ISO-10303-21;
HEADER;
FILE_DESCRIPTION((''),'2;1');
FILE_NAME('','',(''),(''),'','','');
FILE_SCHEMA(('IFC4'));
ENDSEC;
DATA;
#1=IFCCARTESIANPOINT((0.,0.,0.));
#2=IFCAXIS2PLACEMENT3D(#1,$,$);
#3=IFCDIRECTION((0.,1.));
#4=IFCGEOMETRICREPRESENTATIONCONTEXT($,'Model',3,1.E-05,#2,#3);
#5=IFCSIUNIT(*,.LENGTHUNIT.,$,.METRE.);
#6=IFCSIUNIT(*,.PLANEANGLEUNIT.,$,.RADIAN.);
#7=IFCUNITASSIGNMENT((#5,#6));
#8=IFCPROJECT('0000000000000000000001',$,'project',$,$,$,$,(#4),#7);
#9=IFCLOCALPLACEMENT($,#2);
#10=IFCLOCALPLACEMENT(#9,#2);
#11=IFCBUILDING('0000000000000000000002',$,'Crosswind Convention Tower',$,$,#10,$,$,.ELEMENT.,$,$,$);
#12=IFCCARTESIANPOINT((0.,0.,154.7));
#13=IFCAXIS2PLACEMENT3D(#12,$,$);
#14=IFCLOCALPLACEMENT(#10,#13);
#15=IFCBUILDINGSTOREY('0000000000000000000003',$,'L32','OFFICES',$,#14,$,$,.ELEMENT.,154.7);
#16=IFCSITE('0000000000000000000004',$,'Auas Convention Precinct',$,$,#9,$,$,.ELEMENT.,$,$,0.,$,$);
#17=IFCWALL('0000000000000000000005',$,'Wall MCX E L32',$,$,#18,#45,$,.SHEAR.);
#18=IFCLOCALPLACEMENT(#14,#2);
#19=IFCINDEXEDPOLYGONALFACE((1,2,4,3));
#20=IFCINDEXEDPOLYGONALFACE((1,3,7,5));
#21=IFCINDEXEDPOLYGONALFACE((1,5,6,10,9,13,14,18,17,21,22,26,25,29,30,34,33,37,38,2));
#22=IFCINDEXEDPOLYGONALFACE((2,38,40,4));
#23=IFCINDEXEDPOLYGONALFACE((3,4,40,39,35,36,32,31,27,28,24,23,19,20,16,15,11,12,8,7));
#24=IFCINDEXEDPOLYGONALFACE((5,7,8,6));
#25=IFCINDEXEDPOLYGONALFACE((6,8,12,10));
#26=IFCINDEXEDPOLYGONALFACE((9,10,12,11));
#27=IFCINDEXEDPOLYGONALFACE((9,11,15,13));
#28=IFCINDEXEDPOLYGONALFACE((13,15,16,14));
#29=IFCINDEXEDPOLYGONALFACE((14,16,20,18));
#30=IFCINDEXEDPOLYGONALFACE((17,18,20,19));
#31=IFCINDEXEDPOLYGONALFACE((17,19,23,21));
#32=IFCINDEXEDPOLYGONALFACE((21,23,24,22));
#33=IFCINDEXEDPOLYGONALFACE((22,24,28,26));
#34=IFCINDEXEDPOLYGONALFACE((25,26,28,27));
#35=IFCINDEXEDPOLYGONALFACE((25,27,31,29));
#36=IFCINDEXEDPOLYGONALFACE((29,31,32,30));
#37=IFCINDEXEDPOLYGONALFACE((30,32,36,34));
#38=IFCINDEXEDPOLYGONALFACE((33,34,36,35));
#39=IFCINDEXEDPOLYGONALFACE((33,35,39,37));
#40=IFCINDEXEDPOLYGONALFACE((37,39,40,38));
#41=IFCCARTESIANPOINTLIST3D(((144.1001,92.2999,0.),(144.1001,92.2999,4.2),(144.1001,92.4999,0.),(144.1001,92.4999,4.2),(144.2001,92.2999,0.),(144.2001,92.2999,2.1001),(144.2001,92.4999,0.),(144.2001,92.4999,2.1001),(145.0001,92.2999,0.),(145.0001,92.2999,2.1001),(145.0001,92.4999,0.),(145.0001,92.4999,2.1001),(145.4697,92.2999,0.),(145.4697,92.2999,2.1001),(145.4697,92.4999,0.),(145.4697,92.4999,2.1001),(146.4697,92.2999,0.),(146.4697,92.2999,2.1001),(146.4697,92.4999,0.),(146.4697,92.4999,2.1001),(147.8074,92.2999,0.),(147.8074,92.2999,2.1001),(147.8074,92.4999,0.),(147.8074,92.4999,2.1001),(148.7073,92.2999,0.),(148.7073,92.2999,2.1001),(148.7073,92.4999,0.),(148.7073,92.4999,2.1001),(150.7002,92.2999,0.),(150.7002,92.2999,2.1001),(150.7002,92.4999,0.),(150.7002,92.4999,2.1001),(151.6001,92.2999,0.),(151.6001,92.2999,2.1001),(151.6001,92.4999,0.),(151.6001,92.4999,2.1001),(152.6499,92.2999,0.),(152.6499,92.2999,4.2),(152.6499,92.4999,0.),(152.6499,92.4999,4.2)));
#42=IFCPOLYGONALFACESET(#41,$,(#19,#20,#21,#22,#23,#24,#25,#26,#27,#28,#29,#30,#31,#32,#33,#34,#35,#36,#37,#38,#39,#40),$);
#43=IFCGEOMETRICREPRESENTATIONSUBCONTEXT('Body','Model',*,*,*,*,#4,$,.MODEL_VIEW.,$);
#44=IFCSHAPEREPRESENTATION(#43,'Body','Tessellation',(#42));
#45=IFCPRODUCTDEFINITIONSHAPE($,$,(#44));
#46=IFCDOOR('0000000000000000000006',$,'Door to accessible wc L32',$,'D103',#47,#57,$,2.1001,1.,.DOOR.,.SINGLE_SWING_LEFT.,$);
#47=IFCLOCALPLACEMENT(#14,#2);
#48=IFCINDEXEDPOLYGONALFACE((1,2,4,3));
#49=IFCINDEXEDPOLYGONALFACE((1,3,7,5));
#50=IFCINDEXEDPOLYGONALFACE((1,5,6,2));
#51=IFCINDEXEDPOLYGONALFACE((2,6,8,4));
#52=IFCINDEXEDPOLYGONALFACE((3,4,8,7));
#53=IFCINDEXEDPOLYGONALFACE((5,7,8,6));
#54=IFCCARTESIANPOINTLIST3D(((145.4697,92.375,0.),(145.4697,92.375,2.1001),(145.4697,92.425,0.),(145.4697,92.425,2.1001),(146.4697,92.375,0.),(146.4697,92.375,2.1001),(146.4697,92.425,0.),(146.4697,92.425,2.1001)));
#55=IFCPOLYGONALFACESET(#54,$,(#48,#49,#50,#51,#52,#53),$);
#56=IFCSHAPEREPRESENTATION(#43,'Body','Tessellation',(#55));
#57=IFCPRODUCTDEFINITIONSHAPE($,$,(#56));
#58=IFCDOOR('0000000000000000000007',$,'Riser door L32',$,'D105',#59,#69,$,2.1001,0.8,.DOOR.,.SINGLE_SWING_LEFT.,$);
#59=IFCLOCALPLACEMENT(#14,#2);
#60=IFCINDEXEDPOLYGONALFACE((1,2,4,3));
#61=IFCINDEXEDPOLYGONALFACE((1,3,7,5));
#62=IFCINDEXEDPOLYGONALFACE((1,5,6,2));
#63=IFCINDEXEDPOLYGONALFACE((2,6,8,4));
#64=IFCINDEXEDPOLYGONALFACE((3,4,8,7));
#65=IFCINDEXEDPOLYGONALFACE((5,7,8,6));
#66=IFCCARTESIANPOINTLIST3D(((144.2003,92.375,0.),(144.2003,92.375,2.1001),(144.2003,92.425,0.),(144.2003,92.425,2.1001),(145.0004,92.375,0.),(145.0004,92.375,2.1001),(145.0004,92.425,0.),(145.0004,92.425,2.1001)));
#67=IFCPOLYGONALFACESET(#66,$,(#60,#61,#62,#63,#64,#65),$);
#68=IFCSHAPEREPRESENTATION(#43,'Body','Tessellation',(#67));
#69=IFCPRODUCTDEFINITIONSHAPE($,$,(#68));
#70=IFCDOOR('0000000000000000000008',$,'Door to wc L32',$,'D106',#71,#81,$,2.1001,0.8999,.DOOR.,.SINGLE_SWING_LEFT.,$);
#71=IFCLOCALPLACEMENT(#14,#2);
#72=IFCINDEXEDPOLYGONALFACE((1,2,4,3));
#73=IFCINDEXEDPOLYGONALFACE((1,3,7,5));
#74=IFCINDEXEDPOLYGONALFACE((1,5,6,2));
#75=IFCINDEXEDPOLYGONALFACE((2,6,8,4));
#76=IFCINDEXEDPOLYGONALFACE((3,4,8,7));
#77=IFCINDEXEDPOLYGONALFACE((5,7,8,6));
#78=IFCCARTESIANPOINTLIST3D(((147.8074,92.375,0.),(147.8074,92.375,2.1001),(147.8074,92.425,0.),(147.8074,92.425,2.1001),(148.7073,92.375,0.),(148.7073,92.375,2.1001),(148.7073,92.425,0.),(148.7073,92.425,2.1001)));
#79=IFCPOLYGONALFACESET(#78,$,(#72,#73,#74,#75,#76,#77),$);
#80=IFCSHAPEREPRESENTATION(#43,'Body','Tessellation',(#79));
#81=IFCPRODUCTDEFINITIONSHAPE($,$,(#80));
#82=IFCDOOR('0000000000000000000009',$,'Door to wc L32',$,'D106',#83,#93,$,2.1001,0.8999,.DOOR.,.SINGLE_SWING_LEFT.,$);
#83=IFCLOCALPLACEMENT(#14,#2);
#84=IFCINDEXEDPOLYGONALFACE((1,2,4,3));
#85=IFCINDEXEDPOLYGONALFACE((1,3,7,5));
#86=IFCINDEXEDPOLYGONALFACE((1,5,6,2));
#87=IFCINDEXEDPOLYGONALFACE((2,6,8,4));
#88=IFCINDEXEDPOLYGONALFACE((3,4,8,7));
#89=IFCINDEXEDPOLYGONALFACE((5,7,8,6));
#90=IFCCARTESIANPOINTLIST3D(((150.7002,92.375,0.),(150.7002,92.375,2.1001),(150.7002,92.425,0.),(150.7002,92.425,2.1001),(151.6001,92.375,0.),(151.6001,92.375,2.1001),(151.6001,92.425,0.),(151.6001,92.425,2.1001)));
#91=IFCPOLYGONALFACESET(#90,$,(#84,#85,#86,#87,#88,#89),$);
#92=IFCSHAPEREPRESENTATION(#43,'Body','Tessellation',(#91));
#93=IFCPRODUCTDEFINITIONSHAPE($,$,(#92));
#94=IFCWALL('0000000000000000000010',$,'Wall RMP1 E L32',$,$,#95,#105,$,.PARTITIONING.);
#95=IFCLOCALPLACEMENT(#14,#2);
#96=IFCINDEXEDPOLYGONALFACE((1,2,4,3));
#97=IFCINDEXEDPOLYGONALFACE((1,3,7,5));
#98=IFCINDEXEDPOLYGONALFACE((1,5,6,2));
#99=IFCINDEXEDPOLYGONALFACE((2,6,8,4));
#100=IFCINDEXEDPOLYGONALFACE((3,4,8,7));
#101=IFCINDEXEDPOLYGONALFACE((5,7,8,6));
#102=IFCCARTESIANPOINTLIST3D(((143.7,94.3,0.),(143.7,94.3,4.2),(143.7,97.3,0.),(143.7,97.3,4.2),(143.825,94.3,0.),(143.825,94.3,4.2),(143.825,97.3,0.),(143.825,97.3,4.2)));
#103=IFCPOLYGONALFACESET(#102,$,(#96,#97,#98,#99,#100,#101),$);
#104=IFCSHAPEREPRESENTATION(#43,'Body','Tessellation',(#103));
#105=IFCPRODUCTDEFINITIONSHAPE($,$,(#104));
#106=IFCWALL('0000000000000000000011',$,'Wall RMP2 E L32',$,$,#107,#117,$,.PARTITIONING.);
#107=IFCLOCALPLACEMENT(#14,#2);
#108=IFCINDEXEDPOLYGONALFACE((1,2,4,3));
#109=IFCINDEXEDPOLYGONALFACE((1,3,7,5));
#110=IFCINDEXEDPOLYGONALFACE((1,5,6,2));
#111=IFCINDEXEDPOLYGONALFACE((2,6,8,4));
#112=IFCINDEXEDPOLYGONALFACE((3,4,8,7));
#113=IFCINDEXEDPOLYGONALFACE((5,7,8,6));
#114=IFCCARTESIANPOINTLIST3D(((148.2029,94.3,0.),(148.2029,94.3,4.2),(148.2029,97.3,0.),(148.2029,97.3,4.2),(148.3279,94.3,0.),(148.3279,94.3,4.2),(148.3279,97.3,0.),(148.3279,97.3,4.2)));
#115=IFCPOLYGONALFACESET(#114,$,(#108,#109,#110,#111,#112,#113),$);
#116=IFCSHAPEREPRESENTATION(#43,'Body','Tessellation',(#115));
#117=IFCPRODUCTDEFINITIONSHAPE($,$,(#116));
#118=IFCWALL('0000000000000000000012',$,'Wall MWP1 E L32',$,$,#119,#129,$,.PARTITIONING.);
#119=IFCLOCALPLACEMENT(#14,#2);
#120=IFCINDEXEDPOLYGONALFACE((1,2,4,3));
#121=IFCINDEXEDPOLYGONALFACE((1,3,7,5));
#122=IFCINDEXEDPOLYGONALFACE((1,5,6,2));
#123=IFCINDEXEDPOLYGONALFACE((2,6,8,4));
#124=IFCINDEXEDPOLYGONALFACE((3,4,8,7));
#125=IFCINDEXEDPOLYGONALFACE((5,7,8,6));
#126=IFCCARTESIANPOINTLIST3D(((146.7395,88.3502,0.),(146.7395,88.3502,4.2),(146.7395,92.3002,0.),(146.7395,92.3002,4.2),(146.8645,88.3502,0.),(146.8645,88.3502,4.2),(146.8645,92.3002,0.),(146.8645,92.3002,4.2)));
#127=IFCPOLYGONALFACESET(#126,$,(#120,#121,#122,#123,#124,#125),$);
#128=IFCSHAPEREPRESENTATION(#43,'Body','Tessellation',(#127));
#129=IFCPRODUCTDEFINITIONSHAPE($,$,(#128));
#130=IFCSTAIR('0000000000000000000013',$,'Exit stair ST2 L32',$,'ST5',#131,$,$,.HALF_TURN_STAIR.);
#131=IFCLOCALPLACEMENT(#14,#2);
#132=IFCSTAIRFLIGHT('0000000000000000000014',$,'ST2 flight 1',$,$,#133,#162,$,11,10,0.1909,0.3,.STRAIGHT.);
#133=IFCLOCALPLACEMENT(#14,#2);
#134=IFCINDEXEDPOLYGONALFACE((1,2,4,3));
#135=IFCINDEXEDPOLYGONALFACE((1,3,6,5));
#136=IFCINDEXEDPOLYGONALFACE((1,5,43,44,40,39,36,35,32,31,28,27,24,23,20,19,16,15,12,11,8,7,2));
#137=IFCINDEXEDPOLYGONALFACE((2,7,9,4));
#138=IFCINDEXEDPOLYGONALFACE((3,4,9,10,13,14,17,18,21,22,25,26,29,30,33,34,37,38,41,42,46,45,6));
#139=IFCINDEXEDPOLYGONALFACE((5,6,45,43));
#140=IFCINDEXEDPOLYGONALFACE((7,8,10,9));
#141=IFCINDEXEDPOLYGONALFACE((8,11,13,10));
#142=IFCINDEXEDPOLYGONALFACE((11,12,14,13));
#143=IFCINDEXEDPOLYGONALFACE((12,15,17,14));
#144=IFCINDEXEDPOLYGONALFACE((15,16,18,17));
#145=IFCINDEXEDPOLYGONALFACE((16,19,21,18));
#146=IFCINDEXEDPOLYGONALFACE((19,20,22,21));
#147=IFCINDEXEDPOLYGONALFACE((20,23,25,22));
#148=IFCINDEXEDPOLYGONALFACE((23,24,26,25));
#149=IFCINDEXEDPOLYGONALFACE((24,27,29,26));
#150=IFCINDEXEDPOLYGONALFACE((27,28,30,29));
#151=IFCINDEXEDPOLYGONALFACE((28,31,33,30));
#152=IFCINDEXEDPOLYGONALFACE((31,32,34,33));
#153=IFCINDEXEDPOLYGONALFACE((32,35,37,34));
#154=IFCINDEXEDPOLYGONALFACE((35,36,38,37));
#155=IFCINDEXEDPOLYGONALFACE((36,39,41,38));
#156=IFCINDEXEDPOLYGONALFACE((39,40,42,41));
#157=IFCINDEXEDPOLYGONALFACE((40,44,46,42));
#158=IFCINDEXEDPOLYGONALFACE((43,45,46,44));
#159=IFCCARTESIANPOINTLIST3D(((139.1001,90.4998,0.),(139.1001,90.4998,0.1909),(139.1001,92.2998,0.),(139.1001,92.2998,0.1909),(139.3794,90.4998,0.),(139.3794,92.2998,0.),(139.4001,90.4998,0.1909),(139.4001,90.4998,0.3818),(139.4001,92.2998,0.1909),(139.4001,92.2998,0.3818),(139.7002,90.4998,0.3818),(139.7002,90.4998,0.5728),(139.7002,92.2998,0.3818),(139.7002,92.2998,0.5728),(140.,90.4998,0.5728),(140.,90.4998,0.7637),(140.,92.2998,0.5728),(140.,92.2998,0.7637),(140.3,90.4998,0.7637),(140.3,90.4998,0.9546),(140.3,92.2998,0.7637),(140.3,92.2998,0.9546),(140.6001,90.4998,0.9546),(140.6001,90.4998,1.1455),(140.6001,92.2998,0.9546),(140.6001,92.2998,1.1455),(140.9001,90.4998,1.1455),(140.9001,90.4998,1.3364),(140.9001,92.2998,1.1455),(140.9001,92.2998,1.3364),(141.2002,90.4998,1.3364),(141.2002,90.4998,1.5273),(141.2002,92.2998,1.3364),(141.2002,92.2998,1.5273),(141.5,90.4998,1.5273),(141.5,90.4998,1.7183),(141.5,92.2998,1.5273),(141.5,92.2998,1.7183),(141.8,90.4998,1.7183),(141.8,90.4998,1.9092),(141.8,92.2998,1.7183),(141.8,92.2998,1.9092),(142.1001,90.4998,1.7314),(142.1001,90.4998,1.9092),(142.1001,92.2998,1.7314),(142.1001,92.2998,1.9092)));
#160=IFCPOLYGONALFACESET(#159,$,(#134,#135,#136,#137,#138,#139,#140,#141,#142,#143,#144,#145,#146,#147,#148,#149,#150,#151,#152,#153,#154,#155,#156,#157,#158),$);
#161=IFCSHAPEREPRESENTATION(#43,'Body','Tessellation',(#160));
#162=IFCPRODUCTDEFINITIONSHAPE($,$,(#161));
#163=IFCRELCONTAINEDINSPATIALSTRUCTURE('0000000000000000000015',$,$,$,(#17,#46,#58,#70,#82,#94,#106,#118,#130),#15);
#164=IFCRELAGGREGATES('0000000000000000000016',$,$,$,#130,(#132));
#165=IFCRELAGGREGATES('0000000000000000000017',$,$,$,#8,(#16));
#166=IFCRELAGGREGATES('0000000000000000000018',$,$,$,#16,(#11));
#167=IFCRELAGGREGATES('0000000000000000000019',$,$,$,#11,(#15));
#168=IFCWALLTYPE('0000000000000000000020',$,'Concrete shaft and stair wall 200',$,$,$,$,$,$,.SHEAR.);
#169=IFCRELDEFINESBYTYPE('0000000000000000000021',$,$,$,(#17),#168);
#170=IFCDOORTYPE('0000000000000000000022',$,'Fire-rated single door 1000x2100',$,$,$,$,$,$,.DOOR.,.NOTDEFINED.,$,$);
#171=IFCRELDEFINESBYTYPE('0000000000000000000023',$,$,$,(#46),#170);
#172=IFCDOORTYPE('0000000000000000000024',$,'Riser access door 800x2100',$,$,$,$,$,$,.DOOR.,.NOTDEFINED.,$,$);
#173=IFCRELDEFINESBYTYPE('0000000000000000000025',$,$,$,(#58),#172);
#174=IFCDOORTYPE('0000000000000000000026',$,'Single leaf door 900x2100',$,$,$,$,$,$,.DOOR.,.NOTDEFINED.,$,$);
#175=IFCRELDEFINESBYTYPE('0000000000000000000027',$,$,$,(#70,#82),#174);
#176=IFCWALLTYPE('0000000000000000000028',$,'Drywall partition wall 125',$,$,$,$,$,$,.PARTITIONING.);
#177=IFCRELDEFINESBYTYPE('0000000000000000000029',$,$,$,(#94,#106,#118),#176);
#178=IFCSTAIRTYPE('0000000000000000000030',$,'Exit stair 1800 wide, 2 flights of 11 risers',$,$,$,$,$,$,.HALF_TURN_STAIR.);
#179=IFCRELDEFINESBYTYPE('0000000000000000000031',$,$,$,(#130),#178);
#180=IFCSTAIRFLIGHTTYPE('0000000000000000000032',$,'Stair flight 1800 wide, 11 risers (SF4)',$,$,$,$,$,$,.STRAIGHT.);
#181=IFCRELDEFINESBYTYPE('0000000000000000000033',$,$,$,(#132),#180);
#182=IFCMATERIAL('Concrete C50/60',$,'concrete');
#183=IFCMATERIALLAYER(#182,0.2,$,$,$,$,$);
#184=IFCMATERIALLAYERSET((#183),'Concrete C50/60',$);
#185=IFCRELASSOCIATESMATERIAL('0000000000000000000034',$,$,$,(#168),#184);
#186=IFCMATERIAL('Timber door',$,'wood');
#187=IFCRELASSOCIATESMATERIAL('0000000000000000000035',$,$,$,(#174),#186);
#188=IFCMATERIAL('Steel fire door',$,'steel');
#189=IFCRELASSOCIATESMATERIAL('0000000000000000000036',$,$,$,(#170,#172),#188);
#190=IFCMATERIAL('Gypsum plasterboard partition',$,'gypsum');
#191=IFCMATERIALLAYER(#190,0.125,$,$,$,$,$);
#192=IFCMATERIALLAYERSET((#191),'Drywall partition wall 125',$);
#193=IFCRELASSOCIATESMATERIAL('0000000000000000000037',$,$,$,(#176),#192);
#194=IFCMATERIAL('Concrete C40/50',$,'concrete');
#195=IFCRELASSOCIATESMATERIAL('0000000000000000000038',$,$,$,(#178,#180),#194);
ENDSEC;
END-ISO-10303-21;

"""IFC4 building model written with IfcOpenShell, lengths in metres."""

from ifc_helpers import new_model, si_unit, direction, frame, frame_2d, origin, place, context, subcontext, project, spatial, polyline, rectangle, outline, extrude, material, layer, layer_set, type_object, element, fill, aggregate, save


model = new_model("IFC4")

# Units and contexts
model_context = context("Model", 3, precision=1e-05, world=origin(), true_north=direction((0.0, 1.0)))
body_context = subcontext(model_context, "Body", "Model", "MODEL_VIEW")
ifc_project = project(units=[si_unit("LENGTHUNIT", "METRE"), si_unit("PLANEANGLEUNIT", "RADIAN")], contexts=[model_context])

# Site, building, storey
site_placement = place(None, origin())
site = spatial("IfcSite", under=ifc_project, at=site_placement, Name="Auas Convention Precinct", CompositionType="ELEMENT", RefElevation=0.0)
building_placement = place(site_placement, origin())
building = spatial("IfcBuilding", under=site, at=building_placement, Name="Crosswind Convention Tower", CompositionType="ELEMENT")
storey_placement = place(building_placement, frame((0.0, 0.0, 154.7)))
storey = spatial("IfcBuildingStorey", under=building, at=storey_placement, Name="L32", Description="OFFICES", CompositionType="ELEMENT", Elevation=154.7)

# Shared definitions
ifc_material_1 = material(Name="Concrete C50/60", Category="concrete")
ifc_layer_1 = layer(ifc_material_1, 0.2)
ifc_layer_set_1 = layer_set([ifc_layer_1], Name="Concrete C50/60")
wall_type_1 = type_object("IfcWallType", Name="Concrete shaft and stair wall 200", PredefinedType="SHEAR", material=ifc_layer_set_1)

# Shared definitions
ifc_material_2 = material(Name="Timber door", Category="wood")
door_type_1 = type_object("IfcDoorType", Name="Single leaf door 900x2100", OperationType="NOTDEFINED", PredefinedType="DOOR", material=ifc_material_2)

# Wall, openings, doors
wall_1_placement = place(storey_placement, frame((144.1001, 92.3999, 0.0), z_axis=(0.0, 0.0, 1.0), x_axis=(1.0, 0.0, 0.0)))
wall_1 = element("IfcWall", 1, at=wall_1_placement, inside=storey, type_object=wall_type_1, Name="Wall MCX E L32", PredefinedType="SHEAR", context=body_context, shape_type="SweptSolid", body=[
    extrude(rectangle(XDim=8.5498, YDim=0.2, at=frame_2d((4.2749, 0.0))), origin(), (0.0, 0.0, 1.0), 4.2),
])
opening_1_placement = place(wall_1_placement, frame((0.1001, 0.0, 0.0)))
opening_1 = element("IfcOpeningElement", 2, at=opening_1_placement, cuts=wall_1, PredefinedType="OPENING", context=body_context, shape_type="SweptSolid", body=[
    extrude(rectangle(XDim=0.8, YDim=2.1001, at=frame_2d((0.3999, 1.05))), frame((0.0, 0.1099, 0.0), z_axis=(0.0, -1.0, 0.0), x_axis=(1.0, 0.0, 0.0)), (0.0, 0.0, 1.0), 0.22),
])
opening_2_placement = place(wall_1_placement, frame((1.3696, 0.0, 0.0)))
opening_2 = element("IfcOpeningElement", 3, at=opening_2_placement, cuts=wall_1, PredefinedType="OPENING", context=body_context, shape_type="SweptSolid", body=[
    extrude(rectangle(XDim=1.0, YDim=2.1001, at=frame_2d((0.5, 1.05))), frame((0.0, 0.1099, 0.0), z_axis=(0.0, -1.0, 0.0), x_axis=(1.0, 0.0, 0.0)), (0.0, 0.0, 1.0), 0.22),
])
opening_3_placement = place(wall_1_placement, frame((3.7073, 0.0, 0.0)))
opening_3 = element("IfcOpeningElement", 4, at=opening_3_placement, cuts=wall_1, PredefinedType="OPENING", context=body_context, shape_type="SweptSolid", body=[
    extrude(rectangle(XDim=0.8999, YDim=2.1001, at=frame_2d((0.45, 1.05))), frame((0.0, 0.1099, 0.0), z_axis=(0.0, -1.0, 0.0), x_axis=(1.0, 0.0, 0.0)), (0.0, 0.0, 1.0), 0.22),
])
opening_4_placement = place(wall_1_placement, frame((6.6001, 0.0, 0.0)))
opening_4 = element("IfcOpeningElement", 5, at=opening_4_placement, cuts=wall_1, PredefinedType="OPENING", context=body_context, shape_type="SweptSolid", body=[
    extrude(rectangle(XDim=0.8999, YDim=2.1001, at=frame_2d((0.45, 1.05))), frame((0.0, 0.1099, 0.0), z_axis=(0.0, -1.0, 0.0), x_axis=(1.0, 0.0, 0.0)), (0.0, 0.0, 1.0), 0.22),
])
ifc_material_3 = material(Name="Steel fire door", Category="steel")
door_type_2 = type_object("IfcDoorType", Name="Fire-rated single door 1000x2100", OperationType="NOTDEFINED", PredefinedType="DOOR", material=ifc_material_3)
door_1_placement = place(opening_2_placement, frame((1.0, 0.0, 0.0), z_axis=(0.0, 0.0, 1.0), x_axis=(-1.0, 0.0, 0.0)))
door_1 = element("IfcDoor", 6, at=door_1_placement, inside=storey, type_object=door_type_2, Name="Door to accessible wc L32", ObjectType="D103", OperationType="SINGLE_SWING_LEFT", OverallHeight=2.1001, OverallWidth=1.0, PredefinedType="DOOR", context=body_context, shape_type="SweptSolid", body=[
    extrude(rectangle(XDim=1.0, YDim=2.1001, at=frame_2d((0.5, 1.05))), frame((0.0, 0.0249, 0.0), z_axis=(0.0, -1.0, 0.0), x_axis=(1.0, 0.0, 0.0)), (0.0, 0.0, 1.0), 0.05),
])
fill(opening_2, door_1)
door_type_3 = type_object("IfcDoorType", Name="Riser access door 800x2100", OperationType="NOTDEFINED", PredefinedType="DOOR", material=ifc_material_3)
door_2_placement = place(opening_1_placement, frame((0.8, 0.0, 0.0), z_axis=(0.0, 0.0, 1.0), x_axis=(-1.0, 0.0, 0.0)))
door_2 = element("IfcDoor", 7, at=door_2_placement, inside=storey, type_object=door_type_3, Name="Riser door L32", ObjectType="D105", OperationType="SINGLE_SWING_LEFT", OverallHeight=2.1001, OverallWidth=0.8, PredefinedType="DOOR", context=body_context, shape_type="SweptSolid", body=[
    extrude(rectangle(XDim=0.8, YDim=2.1001, at=frame_2d((0.3999, 1.05))), frame((0.0, 0.0249, 0.0), z_axis=(0.0, -1.0, 0.0), x_axis=(1.0, 0.0, 0.0)), (0.0, 0.0, 1.0), 0.05),
])
fill(opening_1, door_2)
door_3_placement = place(opening_3_placement, frame((0.8999, 0.0, 0.0), z_axis=(0.0, 0.0, 1.0), x_axis=(-1.0, 0.0, 0.0)))
door_3 = element("IfcDoor", 8, at=door_3_placement, inside=storey, type_object=door_type_1, Name="Door to wc L32", ObjectType="D106", OperationType="SINGLE_SWING_LEFT", OverallHeight=2.1001, OverallWidth=0.8999, PredefinedType="DOOR", context=body_context, shape_type="SweptSolid", body=[
    extrude(rectangle(XDim=0.8999, YDim=2.1001, at=frame_2d((0.45, 1.05))), frame((0.0, 0.0249, 0.0), z_axis=(0.0, -1.0, 0.0), x_axis=(1.0, 0.0, 0.0)), (0.0, 0.0, 1.0), 0.05),
])
fill(opening_3, door_3)
door_4_placement = place(opening_4_placement, frame((0.8999, 0.0, 0.0), z_axis=(0.0, 0.0, 1.0), x_axis=(-1.0, 0.0, 0.0)))
door_4 = element("IfcDoor", 9, at=door_4_placement, inside=storey, type_object=door_type_1, Name="Door to wc L32", ObjectType="D106", OperationType="SINGLE_SWING_LEFT", OverallHeight=2.1001, OverallWidth=0.8999, PredefinedType="DOOR", context=body_context, shape_type="SweptSolid", body=[
    extrude(rectangle(XDim=0.8999, YDim=2.1001, at=frame_2d((0.45, 1.05))), frame((0.0, 0.0249, 0.0), z_axis=(0.0, -1.0, 0.0), x_axis=(1.0, 0.0, 0.0)), (0.0, 0.0, 1.0), 0.05),
])
fill(opening_4, door_4)

# Walls
ifc_material_4 = material(Name="Gypsum plasterboard partition", Category="gypsum")
ifc_layer_2 = layer(ifc_material_4, 0.125)
ifc_layer_set_2 = layer_set([ifc_layer_2], Name="Drywall partition wall 125")
wall_type_2 = type_object("IfcWallType", Name="Drywall partition wall 125", PredefinedType="PARTITIONING", material=ifc_layer_set_2)
for number, where, z_axis, x_axis, name in (
    (10, (143.7625, 94.3, 0.0), (0.0, 0.0, 1.0), (0.0, 1.0, 0.0), "Wall RMP1 E L32"),
    (11, (148.2654, 94.3, 0.0), (0.0, 0.0, 1.0), (0.0, 1.0, 0.0), "Wall RMP2 E L32"),
):
    element("IfcWall", number, at=place(storey_placement, frame(where, z_axis=z_axis, x_axis=x_axis)), inside=storey, type_object=wall_type_2, Name=name, PredefinedType="PARTITIONING", context=body_context, shape_type="SweptSolid", body=[
        extrude(rectangle(XDim=3.0, YDim=0.125, at=frame_2d((1.5, 0.0))), origin(), (0.0, 0.0, 1.0), 4.2),
    ])
wall_2_placement = place(storey_placement, frame((146.802, 88.3501, 0.0), z_axis=(0.0, 0.0, 1.0), x_axis=(0.0, 1.0, 0.0)))
element("IfcWall", 12, at=wall_2_placement, inside=storey, type_object=wall_type_2, Name="Wall MWP1 E L32", PredefinedType="PARTITIONING", context=body_context, shape_type="SweptSolid", body=[
    extrude(rectangle(XDim=3.95, YDim=0.125, at=frame_2d((1.9751, 0.0))), origin(), (0.0, 0.0, 1.0), 4.2),
])

# Stair, stair flight
ifc_material_5 = material(Name="Concrete C40/50", Category="concrete")
stair_type = type_object("IfcStairType", Name="Exit stair 1800 wide, 2 flights of 11 risers", PredefinedType="HALF_TURN_STAIR", material=ifc_material_5)
stair_placement = place(storey_placement, origin())
stair = element("IfcStair", 13, at=stair_placement, inside=storey, type_object=stair_type, Name="Exit stair ST2 L32", ObjectType="ST5", PredefinedType="HALF_TURN_STAIR")
stair_flight_type = type_object("IfcStairFlightType", Name="Stair flight 1800 wide, 11 risers (SF4)", PredefinedType="STRAIGHT", material=ifc_material_5)
stair_flight_1_placement = place(storey_placement, frame((139.1001, 91.3999, 0.0), z_axis=(0.0, 0.0, 1.0), x_axis=(1.0, 0.0, 0.0)))
stair_flight_1 = element("IfcStairFlight", 14, at=stair_flight_1_placement, type_object=stair_flight_type, Name="ST2 flight 1", NumberOfRisers=11, NumberOfTreads=10, PredefinedType="STRAIGHT", RiserHeight=0.1909, TreadLength=0.3, context=body_context, shape_type="SweptSolid", body=[
    extrude(outline(polyline([(0.0, 0.0), (0.0, 0.1909), (0.3, 0.1909), (0.3, 0.3818), (0.6001, 0.3818), (0.6001, 0.5728), (0.8999, 0.5728), (0.8999, 0.7637), (1.2, 0.7637), (1.2, 0.9546), (1.5, 0.9546), (1.5, 1.1455), (1.8, 1.1455), (1.8, 1.3364), (2.1001, 1.3364), (2.1001, 1.5273), (2.3999, 1.5273), (2.3999, 1.7183), (2.7, 1.7183), (2.7, 1.9092), (3.0, 1.9092), (3.0, 2.1001), (3.0, 1.7314), (0.2793, 0.0), (0.0, 0.0)])), frame((0.0, 0.8999, 0.0), z_axis=(0.0, -1.0, 0.0), x_axis=(1.0, 0.0, 0.0)), (0.0, 0.0, 1.0), 1.8),
])
aggregate(stair, [stair_flight_1])

save(model, "model.ifc")
